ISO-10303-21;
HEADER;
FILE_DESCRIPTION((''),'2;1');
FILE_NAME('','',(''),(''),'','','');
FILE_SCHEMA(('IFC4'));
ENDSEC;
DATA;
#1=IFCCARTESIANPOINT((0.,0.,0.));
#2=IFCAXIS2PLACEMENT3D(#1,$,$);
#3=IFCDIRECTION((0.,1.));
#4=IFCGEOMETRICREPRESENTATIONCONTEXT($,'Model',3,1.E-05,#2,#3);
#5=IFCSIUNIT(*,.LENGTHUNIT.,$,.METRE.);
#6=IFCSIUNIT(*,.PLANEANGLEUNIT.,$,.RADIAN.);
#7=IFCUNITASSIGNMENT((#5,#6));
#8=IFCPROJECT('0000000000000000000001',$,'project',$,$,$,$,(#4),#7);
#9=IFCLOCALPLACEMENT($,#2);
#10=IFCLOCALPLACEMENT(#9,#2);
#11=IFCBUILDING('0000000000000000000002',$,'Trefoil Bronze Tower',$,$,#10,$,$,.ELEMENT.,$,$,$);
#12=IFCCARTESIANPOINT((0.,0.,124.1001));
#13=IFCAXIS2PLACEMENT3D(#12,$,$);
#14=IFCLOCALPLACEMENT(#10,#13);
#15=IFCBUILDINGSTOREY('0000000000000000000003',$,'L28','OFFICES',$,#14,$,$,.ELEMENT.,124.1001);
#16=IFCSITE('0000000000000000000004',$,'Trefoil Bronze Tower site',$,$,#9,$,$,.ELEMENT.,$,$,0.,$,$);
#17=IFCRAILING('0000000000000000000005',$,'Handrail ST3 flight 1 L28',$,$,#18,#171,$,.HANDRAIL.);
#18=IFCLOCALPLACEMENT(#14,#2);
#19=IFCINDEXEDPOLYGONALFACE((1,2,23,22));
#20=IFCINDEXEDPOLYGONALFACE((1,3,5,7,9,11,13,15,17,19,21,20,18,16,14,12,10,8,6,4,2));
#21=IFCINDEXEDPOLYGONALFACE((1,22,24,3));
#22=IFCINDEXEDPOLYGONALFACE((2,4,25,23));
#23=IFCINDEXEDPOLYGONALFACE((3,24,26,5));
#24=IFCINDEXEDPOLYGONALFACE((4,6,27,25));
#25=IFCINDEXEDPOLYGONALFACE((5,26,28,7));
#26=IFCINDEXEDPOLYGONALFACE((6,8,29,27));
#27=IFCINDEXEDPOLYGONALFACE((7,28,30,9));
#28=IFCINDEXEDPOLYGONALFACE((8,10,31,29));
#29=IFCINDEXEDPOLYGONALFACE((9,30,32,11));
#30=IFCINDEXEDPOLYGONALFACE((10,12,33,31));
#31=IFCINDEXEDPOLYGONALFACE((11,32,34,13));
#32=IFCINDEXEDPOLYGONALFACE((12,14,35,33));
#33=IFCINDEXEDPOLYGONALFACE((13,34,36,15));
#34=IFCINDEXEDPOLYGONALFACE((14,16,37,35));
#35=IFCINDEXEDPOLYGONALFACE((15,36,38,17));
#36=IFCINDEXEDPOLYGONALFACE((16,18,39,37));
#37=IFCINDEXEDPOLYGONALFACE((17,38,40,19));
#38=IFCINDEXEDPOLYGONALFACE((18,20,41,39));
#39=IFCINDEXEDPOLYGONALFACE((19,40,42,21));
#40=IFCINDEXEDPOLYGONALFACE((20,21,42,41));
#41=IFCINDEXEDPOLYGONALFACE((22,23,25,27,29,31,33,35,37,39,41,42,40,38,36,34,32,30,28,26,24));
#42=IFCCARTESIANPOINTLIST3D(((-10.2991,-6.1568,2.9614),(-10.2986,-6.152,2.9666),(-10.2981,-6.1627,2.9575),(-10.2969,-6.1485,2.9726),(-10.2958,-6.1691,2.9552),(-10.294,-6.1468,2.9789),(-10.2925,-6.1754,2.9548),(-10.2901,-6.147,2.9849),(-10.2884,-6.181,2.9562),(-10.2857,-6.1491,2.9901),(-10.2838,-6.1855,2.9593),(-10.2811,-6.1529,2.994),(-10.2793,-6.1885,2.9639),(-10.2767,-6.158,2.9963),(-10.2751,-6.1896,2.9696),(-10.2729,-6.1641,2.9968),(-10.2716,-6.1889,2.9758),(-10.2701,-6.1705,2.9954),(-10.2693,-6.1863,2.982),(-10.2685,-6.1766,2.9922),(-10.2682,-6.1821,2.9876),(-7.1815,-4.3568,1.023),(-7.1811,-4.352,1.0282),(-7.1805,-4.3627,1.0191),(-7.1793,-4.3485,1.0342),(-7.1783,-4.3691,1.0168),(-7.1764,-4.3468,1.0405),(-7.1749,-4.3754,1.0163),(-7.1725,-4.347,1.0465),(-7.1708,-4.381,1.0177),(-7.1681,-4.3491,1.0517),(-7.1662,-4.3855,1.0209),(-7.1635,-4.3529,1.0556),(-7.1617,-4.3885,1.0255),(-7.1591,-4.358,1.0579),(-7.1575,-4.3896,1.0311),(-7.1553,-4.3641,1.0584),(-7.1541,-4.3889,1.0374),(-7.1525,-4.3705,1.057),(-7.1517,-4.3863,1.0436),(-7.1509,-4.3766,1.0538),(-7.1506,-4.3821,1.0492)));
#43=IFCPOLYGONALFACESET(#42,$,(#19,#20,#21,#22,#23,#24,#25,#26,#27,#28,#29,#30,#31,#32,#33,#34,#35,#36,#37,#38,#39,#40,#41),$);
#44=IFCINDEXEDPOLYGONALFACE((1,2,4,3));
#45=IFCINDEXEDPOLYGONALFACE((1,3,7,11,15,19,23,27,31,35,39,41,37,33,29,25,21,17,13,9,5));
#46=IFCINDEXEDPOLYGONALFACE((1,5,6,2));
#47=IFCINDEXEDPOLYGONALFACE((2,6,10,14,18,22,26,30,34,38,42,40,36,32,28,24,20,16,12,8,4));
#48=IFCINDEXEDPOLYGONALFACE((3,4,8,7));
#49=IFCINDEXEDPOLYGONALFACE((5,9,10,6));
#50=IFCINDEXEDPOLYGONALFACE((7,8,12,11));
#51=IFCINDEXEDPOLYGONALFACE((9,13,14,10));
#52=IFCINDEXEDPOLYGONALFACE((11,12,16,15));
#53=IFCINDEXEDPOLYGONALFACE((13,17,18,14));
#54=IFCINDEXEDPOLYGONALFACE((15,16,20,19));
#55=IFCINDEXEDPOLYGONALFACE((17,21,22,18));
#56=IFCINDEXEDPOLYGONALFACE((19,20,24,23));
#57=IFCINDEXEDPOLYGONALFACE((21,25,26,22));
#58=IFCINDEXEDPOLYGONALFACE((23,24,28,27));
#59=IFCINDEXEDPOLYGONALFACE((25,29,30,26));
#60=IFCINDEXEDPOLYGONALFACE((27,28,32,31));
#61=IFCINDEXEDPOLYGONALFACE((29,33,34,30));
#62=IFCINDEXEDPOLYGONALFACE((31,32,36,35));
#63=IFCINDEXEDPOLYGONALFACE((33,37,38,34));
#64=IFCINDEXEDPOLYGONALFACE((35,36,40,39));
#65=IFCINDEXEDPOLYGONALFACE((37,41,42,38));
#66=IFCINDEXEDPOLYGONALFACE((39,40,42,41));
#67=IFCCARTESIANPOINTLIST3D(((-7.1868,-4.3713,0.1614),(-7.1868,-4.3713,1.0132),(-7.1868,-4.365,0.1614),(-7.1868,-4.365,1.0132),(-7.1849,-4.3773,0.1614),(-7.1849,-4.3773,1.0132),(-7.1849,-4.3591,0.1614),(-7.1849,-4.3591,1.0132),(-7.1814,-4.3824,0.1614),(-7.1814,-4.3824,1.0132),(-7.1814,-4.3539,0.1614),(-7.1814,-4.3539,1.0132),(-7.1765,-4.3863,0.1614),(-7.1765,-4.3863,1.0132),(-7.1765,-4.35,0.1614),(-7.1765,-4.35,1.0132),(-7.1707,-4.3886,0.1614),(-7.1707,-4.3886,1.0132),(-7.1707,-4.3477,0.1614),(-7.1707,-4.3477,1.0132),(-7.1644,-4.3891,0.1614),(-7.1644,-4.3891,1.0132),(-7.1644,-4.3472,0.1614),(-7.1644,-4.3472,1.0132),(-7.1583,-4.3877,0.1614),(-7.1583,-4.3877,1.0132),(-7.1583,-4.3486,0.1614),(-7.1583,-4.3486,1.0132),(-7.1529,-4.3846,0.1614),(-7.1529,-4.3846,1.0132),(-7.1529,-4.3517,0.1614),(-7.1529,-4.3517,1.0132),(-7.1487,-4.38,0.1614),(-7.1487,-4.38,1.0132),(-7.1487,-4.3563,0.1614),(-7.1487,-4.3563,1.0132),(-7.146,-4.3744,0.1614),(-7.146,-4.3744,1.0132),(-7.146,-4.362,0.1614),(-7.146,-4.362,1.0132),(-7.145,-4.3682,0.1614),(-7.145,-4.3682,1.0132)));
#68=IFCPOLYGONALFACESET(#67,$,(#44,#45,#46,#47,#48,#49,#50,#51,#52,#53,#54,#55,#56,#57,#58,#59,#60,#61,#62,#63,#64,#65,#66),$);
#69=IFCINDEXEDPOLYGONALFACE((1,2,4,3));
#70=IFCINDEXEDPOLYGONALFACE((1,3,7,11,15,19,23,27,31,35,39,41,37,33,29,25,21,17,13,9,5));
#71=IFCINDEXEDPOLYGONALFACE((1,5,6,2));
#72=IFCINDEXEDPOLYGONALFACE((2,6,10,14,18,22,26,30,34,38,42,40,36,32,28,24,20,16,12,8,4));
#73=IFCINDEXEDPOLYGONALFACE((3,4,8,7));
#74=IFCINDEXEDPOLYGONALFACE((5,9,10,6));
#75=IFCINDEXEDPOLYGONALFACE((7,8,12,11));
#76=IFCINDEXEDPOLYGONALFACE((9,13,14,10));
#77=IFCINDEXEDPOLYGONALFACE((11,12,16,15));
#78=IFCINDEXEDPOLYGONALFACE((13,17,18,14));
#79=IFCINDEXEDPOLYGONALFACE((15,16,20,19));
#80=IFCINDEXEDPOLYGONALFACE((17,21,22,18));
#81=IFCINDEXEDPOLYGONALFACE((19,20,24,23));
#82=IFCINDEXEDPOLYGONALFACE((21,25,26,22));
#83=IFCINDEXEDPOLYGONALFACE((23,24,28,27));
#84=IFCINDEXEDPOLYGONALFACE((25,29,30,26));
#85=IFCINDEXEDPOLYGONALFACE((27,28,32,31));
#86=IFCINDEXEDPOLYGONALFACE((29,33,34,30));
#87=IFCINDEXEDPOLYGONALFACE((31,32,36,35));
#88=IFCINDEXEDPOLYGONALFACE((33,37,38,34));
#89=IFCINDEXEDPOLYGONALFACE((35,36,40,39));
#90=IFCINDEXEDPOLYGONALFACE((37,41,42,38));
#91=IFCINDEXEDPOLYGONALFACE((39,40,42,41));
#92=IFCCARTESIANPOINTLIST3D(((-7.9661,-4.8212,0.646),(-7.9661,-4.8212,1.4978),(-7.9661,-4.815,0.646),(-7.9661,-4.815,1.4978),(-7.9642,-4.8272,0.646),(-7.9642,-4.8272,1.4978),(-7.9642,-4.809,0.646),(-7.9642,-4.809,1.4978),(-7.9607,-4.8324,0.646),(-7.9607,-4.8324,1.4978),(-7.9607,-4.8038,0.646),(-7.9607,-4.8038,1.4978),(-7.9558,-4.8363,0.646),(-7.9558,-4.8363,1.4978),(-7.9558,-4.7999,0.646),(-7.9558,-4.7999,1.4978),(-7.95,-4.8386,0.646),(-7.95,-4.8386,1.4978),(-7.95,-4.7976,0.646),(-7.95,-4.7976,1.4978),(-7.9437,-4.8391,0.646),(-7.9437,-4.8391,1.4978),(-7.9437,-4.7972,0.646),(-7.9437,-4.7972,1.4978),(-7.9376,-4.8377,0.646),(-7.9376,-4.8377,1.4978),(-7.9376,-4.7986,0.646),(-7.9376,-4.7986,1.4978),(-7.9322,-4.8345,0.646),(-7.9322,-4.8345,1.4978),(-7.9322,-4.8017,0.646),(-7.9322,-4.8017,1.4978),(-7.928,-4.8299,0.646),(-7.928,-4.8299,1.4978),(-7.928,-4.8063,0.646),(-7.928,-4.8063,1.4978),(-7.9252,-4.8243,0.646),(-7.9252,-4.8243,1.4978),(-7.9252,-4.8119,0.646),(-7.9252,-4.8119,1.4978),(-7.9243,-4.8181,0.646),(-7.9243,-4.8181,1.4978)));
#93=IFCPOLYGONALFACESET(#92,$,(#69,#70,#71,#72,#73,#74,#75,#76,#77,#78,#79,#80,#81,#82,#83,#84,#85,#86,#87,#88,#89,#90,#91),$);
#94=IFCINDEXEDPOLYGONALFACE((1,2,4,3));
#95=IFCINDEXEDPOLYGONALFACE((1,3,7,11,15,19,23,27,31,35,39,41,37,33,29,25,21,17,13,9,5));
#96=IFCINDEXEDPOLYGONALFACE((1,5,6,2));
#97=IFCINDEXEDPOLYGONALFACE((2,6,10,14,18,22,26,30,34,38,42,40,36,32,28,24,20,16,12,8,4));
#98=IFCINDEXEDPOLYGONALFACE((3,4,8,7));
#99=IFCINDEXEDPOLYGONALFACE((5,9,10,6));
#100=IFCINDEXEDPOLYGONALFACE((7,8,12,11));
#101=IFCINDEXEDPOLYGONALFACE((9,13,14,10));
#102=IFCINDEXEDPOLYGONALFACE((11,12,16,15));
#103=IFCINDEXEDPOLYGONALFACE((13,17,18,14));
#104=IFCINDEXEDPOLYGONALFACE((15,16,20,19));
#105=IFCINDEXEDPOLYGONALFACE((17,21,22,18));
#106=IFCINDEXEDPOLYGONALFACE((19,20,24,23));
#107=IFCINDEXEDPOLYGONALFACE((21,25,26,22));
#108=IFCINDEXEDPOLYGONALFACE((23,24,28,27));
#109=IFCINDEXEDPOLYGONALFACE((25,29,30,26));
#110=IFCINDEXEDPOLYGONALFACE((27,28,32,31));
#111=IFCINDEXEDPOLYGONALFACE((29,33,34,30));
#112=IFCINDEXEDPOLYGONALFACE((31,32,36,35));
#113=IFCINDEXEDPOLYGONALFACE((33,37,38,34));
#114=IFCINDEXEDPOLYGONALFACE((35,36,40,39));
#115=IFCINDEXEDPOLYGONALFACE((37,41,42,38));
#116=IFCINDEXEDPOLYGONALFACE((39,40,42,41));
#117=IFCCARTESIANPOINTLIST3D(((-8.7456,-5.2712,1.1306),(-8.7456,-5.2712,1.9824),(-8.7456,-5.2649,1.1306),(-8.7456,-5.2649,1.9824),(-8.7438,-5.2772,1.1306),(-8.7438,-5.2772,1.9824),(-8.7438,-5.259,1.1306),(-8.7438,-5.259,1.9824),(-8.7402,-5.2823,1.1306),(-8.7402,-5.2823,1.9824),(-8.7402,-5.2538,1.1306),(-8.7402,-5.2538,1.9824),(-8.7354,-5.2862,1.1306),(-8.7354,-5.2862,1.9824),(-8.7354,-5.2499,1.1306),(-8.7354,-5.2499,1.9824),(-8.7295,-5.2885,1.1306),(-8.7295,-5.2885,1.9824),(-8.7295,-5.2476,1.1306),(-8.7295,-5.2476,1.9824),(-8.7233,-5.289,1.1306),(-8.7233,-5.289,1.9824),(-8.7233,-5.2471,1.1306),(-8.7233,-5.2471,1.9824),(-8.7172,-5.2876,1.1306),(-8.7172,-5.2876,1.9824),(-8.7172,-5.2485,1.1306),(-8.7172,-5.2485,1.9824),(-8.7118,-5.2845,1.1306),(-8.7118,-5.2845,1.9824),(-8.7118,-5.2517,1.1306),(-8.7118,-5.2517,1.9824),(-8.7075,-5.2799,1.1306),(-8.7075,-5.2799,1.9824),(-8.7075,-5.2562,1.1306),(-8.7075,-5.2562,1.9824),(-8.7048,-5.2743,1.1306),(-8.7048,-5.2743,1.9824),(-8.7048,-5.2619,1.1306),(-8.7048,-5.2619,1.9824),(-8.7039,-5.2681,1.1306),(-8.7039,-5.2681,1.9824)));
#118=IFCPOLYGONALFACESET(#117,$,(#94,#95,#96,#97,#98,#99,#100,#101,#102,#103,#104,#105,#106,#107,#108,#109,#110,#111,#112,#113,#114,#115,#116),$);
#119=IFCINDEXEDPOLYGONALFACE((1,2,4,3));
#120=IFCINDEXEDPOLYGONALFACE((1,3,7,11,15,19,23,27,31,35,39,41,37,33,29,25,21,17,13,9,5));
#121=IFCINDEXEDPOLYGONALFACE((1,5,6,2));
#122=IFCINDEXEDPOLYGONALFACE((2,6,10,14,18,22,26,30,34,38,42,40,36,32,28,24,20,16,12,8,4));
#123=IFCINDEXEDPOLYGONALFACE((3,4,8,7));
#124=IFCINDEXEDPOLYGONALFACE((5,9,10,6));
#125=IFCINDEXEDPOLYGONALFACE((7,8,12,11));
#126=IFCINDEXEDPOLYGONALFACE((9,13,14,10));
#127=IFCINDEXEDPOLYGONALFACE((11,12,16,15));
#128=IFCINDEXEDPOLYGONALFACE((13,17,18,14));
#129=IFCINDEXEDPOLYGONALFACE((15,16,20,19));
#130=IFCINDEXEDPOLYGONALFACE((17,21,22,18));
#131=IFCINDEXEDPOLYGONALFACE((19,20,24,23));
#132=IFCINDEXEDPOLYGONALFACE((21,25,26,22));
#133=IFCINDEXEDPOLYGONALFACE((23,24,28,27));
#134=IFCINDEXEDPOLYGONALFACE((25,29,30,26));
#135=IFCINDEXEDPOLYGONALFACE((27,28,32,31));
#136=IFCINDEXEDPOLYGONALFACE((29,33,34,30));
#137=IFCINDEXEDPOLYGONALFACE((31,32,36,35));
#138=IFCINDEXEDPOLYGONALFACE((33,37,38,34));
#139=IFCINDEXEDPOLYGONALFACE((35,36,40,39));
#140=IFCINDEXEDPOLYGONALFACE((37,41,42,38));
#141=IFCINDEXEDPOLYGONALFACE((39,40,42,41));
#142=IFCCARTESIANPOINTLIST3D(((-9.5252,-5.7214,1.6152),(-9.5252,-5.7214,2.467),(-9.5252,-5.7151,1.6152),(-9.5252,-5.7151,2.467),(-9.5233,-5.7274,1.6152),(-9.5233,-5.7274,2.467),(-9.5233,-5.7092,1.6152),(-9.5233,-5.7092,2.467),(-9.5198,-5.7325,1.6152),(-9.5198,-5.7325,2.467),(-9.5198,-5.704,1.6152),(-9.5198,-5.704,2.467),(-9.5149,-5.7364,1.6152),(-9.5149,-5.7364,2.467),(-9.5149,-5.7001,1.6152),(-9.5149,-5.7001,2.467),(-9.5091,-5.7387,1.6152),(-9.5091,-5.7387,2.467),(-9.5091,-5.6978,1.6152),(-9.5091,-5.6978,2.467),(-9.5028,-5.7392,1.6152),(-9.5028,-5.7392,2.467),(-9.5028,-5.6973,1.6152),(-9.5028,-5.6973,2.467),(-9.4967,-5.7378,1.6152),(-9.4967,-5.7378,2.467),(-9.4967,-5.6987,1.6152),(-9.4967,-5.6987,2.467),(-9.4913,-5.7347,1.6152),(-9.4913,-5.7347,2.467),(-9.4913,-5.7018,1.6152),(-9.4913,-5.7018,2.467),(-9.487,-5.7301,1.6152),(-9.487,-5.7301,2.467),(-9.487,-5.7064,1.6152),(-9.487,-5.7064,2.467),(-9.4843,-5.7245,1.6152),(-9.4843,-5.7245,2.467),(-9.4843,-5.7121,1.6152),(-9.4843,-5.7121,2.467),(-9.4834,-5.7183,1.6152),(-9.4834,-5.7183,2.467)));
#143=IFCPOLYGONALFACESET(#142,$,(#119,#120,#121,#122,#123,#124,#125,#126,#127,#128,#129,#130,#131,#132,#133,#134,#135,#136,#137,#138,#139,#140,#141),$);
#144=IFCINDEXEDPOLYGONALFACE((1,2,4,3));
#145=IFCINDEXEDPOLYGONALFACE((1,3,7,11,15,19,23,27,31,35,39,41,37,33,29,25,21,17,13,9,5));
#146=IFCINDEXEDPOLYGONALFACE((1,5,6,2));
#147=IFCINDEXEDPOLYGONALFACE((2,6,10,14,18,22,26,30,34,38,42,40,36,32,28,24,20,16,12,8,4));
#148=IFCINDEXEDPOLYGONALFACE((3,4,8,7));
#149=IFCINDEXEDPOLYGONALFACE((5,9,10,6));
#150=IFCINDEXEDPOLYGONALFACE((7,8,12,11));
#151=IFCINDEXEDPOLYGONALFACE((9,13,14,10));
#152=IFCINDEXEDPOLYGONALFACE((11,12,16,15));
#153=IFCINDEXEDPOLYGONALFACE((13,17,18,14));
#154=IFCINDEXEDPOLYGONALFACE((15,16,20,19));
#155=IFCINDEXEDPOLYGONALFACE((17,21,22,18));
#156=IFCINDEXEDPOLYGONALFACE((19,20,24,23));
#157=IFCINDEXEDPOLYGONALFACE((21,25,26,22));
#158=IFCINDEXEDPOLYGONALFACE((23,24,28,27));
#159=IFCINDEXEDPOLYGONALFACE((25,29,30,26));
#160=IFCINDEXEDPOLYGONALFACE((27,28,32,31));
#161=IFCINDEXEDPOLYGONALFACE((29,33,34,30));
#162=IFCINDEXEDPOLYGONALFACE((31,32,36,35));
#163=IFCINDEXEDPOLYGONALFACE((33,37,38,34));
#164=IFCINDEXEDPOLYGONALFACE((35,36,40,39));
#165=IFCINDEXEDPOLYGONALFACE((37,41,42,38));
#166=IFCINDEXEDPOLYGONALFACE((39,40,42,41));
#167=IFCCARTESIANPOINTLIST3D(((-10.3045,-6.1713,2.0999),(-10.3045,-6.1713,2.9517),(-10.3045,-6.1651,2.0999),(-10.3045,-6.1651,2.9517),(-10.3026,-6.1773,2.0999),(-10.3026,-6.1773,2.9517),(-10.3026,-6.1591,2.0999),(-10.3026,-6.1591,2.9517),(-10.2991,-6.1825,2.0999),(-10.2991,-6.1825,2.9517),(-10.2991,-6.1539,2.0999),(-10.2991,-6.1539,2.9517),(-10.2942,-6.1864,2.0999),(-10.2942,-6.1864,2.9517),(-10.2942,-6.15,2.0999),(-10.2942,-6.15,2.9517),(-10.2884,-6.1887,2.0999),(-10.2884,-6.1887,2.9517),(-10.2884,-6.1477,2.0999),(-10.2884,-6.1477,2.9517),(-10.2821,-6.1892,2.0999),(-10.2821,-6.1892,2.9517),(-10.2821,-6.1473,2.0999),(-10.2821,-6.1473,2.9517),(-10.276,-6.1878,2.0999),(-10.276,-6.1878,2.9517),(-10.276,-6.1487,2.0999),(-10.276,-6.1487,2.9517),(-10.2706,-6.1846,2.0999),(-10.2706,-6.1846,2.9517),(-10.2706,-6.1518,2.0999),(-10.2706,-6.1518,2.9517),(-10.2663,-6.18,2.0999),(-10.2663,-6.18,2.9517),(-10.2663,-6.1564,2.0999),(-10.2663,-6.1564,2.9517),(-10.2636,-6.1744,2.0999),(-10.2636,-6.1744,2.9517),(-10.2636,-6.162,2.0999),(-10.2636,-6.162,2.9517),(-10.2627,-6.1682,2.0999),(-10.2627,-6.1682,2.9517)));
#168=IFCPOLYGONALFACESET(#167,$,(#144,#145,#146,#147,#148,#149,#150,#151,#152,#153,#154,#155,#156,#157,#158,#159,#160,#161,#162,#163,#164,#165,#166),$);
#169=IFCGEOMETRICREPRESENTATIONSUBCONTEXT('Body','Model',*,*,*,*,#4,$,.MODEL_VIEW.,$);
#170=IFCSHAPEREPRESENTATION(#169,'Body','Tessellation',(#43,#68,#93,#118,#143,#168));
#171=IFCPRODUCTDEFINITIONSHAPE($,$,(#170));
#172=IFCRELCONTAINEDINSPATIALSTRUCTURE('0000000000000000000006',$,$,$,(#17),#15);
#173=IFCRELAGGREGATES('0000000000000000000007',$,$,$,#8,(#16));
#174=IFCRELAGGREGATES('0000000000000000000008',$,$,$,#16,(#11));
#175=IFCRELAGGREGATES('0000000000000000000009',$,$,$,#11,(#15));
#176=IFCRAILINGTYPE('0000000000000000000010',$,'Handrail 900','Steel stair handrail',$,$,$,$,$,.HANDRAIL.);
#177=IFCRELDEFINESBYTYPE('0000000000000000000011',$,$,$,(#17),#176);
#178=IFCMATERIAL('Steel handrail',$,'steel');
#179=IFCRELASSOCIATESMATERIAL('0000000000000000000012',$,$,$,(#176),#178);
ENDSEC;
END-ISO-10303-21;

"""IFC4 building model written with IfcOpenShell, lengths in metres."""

from ifc_helpers import new_model, si_unit, direction, frame, origin, origin_2d, place, context, subcontext, project, spatial, circle, extrude, material, type_object, element, save


model = new_model("IFC4")

# Units and contexts
model_context = context("Model", 3, precision=1e-05, world=origin(), true_north=direction((0.0, 1.0)))
body_context = subcontext(model_context, "Body", "Model", "MODEL_VIEW")
ifc_project = project(units=[si_unit("LENGTHUNIT", "METRE"), si_unit("PLANEANGLEUNIT", "RADIAN")], contexts=[model_context])

# Site, building, storey
site_placement = place(None, origin())
site = spatial("IfcSite", under=ifc_project, at=site_placement, Name="Trefoil Bronze Tower site", CompositionType="ELEMENT", RefElevation=0.0)
building_placement = place(site_placement, origin())
building = spatial("IfcBuilding", under=site, at=building_placement, Name="Trefoil Bronze Tower", CompositionType="ELEMENT")
storey_placement = place(building_placement, frame((0.0, 0.0, 124.1001)))
storey = spatial("IfcBuildingStorey", under=building, at=storey_placement, Name="L28", Description="OFFICES", CompositionType="ELEMENT", Elevation=124.1001)

# Railing
ifc_material_1 = material(Name="Steel handrail", Category="steel")
railing_type = type_object("IfcRailingType", Name="Handrail 900", Description="Steel stair handrail", PredefinedType="HANDRAIL", material=ifc_material_1)
railing_1_placement = place(storey_placement, frame((-7.166, -4.3682, 0.1614)))
element("IfcRailing", 1, at=railing_1_placement, inside=storey, type_object=railing_type, Name="Handrail ST3 flight 1 L28", PredefinedType="HANDRAIL", context=body_context, shape_type="SweptSolid", body=[
    extrude(circle(Radius=0.0239, at=origin_2d()), frame((0.0, 0.0, 0.876), z_axis=(-0.762503, -0.440246, 0.474102), x_axis=(0.500012, -0.866018, 0.0)), (0.0, 0.0, 1.0), 4.0886),
    extrude(circle(Radius=0.021, at=origin_2d()), origin(), (0.0, 0.0, 1.0), 0.8518),
    extrude(circle(Radius=0.021, at=origin_2d()), frame((-0.7793, -0.45, 0.4846)), (0.0, 0.0, 1.0), 0.8518),
    extrude(circle(Radius=0.021, at=origin_2d()), frame((-1.5588, -0.8999, 0.9692)), (0.0, 0.0, 1.0), 0.8518),
    extrude(circle(Radius=0.021, at=origin_2d()), frame((-2.3384, -1.3501, 1.4539)), (0.0, 0.0, 1.0), 0.8518),
    extrude(circle(Radius=0.021, at=origin_2d()), frame((-3.1177, -1.8, 1.9385)), (0.0, 0.0, 1.0), 0.8518),
])

save(model, "model.ifc")
